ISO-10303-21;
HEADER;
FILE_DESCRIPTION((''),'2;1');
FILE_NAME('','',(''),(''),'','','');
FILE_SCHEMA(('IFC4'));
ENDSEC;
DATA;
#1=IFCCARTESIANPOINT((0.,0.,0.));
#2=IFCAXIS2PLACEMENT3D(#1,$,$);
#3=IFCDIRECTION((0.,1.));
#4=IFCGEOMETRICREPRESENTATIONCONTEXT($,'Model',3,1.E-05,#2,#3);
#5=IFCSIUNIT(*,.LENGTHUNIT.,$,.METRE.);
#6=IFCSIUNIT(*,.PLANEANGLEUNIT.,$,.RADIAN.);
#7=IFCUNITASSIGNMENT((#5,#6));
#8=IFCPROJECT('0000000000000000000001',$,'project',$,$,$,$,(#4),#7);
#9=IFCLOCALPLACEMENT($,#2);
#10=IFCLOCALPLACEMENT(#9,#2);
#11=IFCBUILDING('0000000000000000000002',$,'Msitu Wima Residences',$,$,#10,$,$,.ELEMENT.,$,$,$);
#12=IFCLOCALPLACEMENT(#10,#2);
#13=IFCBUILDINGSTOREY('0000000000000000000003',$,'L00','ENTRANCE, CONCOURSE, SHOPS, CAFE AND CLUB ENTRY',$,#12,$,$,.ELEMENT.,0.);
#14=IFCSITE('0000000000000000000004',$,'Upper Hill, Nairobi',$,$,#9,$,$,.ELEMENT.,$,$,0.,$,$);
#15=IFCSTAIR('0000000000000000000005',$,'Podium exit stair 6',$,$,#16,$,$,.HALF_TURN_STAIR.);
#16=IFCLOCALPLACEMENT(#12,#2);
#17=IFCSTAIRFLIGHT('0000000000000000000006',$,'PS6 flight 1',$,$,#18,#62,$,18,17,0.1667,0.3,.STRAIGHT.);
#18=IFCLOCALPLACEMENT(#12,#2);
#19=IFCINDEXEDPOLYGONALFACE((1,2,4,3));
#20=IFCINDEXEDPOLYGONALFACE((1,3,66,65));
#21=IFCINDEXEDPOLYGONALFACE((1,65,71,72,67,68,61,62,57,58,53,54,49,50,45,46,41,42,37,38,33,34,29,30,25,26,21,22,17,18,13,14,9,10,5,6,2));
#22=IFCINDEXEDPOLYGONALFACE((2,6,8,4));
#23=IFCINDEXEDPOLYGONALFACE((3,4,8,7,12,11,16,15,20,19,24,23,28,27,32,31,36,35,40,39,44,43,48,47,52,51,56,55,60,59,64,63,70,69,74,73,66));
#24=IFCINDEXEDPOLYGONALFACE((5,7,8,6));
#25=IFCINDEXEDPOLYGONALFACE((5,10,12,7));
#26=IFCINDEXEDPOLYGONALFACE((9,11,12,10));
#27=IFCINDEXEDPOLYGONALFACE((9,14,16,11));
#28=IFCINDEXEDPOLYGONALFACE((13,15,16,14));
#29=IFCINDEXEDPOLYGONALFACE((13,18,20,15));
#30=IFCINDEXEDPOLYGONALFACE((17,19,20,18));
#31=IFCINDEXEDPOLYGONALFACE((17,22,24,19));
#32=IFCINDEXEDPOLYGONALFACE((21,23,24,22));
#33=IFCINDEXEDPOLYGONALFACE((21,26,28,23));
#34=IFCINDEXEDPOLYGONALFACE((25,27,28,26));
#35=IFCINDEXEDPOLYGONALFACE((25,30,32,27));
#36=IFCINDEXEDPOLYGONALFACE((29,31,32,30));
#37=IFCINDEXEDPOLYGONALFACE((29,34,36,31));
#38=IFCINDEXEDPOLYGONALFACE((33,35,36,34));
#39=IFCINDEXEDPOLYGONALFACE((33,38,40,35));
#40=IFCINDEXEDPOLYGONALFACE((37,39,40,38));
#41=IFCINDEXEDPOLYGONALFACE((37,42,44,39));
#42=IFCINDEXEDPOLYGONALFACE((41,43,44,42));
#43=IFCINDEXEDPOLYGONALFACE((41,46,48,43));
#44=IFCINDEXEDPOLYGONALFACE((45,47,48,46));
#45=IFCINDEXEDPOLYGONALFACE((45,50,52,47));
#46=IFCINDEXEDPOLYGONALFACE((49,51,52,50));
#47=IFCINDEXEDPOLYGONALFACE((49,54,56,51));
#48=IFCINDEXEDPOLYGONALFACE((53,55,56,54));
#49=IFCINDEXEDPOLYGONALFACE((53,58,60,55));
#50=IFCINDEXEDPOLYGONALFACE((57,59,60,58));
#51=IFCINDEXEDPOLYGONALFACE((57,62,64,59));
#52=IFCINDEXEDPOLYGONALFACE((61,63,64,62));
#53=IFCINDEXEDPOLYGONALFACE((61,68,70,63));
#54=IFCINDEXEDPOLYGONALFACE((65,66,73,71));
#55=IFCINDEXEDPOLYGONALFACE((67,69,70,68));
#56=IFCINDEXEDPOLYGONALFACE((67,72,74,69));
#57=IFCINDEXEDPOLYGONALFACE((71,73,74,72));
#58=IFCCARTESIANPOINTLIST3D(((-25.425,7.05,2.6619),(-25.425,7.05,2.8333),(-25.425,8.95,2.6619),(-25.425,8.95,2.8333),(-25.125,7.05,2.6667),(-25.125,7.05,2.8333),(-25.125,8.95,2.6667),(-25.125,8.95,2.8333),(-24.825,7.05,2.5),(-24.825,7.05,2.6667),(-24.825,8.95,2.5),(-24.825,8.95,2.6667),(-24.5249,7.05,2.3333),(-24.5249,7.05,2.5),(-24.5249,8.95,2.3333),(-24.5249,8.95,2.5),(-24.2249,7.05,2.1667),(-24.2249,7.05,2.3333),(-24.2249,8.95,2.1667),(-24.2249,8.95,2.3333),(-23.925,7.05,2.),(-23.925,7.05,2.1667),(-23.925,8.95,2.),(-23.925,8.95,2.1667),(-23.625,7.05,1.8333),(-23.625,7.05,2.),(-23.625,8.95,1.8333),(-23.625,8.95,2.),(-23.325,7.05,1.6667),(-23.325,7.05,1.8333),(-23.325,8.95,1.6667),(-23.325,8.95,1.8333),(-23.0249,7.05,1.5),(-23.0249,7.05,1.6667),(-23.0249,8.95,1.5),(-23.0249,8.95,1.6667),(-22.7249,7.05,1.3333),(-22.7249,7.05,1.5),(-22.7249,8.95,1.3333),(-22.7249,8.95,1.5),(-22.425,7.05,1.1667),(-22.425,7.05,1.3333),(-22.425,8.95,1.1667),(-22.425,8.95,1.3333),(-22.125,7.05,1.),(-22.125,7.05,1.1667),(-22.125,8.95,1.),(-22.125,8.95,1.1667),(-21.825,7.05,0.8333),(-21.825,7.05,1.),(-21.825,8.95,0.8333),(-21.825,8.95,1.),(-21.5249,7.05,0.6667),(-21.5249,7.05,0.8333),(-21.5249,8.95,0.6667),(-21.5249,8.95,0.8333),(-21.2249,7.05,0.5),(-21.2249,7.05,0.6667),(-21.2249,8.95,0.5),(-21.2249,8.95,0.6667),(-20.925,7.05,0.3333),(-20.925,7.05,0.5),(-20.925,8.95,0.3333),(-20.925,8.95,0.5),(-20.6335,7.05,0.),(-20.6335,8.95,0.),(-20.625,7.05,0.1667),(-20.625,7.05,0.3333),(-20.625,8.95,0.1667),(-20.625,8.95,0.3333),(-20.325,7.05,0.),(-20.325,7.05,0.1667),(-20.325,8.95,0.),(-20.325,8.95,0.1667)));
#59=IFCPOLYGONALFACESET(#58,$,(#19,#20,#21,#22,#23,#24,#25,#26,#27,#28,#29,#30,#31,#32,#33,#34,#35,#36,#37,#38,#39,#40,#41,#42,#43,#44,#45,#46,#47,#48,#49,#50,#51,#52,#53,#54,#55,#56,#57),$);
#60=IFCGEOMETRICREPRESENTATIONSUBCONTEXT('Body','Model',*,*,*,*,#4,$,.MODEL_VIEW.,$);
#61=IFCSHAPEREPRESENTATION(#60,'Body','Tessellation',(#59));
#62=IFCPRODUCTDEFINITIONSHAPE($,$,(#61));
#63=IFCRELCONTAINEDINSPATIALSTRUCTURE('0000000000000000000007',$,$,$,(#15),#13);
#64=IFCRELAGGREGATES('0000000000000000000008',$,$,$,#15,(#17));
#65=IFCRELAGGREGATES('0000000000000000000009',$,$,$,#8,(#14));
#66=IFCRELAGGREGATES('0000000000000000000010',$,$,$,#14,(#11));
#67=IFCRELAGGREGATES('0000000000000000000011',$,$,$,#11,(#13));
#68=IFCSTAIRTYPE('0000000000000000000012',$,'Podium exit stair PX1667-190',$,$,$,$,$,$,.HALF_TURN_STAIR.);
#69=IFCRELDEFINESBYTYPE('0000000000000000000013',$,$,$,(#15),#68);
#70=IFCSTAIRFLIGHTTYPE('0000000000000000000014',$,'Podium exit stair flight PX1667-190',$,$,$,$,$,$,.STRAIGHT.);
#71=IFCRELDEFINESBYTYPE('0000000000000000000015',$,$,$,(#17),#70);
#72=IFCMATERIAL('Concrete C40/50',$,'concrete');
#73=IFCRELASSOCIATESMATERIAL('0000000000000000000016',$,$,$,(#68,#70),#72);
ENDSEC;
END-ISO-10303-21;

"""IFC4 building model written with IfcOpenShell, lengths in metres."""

from ifc_helpers import new_model, si_unit, direction, frame, origin, place, context, subcontext, project, spatial, polyline, outline, extrude, material, type_object, element, aggregate, save


model = new_model("IFC4")

# Units and contexts
model_context = context("Model", 3, precision=1e-05, world=origin(), true_north=direction((0.0, 1.0)))
body_context = subcontext(model_context, "Body", "Model", "MODEL_VIEW")
ifc_project = project(units=[si_unit("LENGTHUNIT", "METRE"), si_unit("PLANEANGLEUNIT", "RADIAN")], contexts=[model_context])

# Site, building, storey
site_placement = place(None, origin())
site = spatial("IfcSite", under=ifc_project, at=site_placement, Name="Upper Hill, Nairobi", CompositionType="ELEMENT", RefElevation=0.0)
building_placement = place(site_placement, origin())
building = spatial("IfcBuilding", under=site, at=building_placement, Name="Msitu Wima Residences", CompositionType="ELEMENT")
storey_placement = place(building_placement, origin())
storey = spatial("IfcBuildingStorey", under=building, at=storey_placement, Name="L00", Description="ENTRANCE, CONCOURSE, SHOPS, CAFE AND CLUB ENTRY", CompositionType="ELEMENT", Elevation=0.0)

# Shared definitions
ifc_material_1 = material(Name="Concrete C40/50", Category="concrete")

# Stair, stair flight
stair_type_1 = type_object("IfcStairType", Name="Podium exit stair PX1667-190", PredefinedType="HALF_TURN_STAIR", material=ifc_material_1)
stair_1_placement = place(storey_placement, origin())
stair_1 = element("IfcStair", 1, at=stair_1_placement, inside=storey, type_object=stair_type_1, Name="Podium exit stair 6", PredefinedType="HALF_TURN_STAIR")
stair_flight_type_1 = type_object("IfcStairFlightType", Name="Podium exit stair flight PX1667-190", PredefinedType="STRAIGHT", material=ifc_material_1)
stair_flight_1_placement = place(storey_placement, frame((-20.325, 8.0, 0.0), z_axis=(0.0, 0.0, 1.0), x_axis=(-1.0, 0.0, 0.0)))
stair_flight_1 = element("IfcStairFlight", 2, at=stair_flight_1_placement, type_object=stair_flight_type_1, Name="PS6 flight 1", NumberOfRisers=18, NumberOfTreads=17, PredefinedType="STRAIGHT", RiserHeight=0.1667, TreadLength=0.3, context=body_context, shape_type="SweptSolid", body=[
    extrude(outline(polyline([(0.0, 0.0), (0.0, 0.1667), (0.3, 0.1667), (0.3, 0.3333), (0.6001, 0.3333), (0.6001, 0.5), (0.8999, 0.5), (0.8999, 0.6667), (1.2, 0.6667), (1.2, 0.8333), (1.5, 0.8333), (1.5, 1.0), (1.8, 1.0), (1.8, 1.1667), (2.1001, 1.1667), (2.1001, 1.3333), (2.3999, 1.3333), (2.3999, 1.5), (2.7, 1.5), (2.7, 1.6667), (3.0, 1.6667), (3.0, 1.8333), (3.3, 1.8333), (3.3, 2.0), (3.6001, 2.0), (3.6001, 2.1667), (3.8999, 2.1667), (3.8999, 2.3333), (4.2, 2.3333), (4.2, 2.5), (4.5, 2.5), (4.5, 2.6667), (4.8, 2.6667), (4.8, 2.8333), (5.1001, 2.8333), (5.1001, 3.0), (5.1001, 2.6619), (0.3086, 0.0), (0.0, 0.0)])), frame((0.0, 0.95, 0.0), z_axis=(0.0, -1.0, 0.0), x_axis=(1.0, 0.0, 0.0)), (0.0, 0.0, 1.0), 1.8999),
])
aggregate(stair_1, [stair_flight_1])

save(model, "model.ifc")
